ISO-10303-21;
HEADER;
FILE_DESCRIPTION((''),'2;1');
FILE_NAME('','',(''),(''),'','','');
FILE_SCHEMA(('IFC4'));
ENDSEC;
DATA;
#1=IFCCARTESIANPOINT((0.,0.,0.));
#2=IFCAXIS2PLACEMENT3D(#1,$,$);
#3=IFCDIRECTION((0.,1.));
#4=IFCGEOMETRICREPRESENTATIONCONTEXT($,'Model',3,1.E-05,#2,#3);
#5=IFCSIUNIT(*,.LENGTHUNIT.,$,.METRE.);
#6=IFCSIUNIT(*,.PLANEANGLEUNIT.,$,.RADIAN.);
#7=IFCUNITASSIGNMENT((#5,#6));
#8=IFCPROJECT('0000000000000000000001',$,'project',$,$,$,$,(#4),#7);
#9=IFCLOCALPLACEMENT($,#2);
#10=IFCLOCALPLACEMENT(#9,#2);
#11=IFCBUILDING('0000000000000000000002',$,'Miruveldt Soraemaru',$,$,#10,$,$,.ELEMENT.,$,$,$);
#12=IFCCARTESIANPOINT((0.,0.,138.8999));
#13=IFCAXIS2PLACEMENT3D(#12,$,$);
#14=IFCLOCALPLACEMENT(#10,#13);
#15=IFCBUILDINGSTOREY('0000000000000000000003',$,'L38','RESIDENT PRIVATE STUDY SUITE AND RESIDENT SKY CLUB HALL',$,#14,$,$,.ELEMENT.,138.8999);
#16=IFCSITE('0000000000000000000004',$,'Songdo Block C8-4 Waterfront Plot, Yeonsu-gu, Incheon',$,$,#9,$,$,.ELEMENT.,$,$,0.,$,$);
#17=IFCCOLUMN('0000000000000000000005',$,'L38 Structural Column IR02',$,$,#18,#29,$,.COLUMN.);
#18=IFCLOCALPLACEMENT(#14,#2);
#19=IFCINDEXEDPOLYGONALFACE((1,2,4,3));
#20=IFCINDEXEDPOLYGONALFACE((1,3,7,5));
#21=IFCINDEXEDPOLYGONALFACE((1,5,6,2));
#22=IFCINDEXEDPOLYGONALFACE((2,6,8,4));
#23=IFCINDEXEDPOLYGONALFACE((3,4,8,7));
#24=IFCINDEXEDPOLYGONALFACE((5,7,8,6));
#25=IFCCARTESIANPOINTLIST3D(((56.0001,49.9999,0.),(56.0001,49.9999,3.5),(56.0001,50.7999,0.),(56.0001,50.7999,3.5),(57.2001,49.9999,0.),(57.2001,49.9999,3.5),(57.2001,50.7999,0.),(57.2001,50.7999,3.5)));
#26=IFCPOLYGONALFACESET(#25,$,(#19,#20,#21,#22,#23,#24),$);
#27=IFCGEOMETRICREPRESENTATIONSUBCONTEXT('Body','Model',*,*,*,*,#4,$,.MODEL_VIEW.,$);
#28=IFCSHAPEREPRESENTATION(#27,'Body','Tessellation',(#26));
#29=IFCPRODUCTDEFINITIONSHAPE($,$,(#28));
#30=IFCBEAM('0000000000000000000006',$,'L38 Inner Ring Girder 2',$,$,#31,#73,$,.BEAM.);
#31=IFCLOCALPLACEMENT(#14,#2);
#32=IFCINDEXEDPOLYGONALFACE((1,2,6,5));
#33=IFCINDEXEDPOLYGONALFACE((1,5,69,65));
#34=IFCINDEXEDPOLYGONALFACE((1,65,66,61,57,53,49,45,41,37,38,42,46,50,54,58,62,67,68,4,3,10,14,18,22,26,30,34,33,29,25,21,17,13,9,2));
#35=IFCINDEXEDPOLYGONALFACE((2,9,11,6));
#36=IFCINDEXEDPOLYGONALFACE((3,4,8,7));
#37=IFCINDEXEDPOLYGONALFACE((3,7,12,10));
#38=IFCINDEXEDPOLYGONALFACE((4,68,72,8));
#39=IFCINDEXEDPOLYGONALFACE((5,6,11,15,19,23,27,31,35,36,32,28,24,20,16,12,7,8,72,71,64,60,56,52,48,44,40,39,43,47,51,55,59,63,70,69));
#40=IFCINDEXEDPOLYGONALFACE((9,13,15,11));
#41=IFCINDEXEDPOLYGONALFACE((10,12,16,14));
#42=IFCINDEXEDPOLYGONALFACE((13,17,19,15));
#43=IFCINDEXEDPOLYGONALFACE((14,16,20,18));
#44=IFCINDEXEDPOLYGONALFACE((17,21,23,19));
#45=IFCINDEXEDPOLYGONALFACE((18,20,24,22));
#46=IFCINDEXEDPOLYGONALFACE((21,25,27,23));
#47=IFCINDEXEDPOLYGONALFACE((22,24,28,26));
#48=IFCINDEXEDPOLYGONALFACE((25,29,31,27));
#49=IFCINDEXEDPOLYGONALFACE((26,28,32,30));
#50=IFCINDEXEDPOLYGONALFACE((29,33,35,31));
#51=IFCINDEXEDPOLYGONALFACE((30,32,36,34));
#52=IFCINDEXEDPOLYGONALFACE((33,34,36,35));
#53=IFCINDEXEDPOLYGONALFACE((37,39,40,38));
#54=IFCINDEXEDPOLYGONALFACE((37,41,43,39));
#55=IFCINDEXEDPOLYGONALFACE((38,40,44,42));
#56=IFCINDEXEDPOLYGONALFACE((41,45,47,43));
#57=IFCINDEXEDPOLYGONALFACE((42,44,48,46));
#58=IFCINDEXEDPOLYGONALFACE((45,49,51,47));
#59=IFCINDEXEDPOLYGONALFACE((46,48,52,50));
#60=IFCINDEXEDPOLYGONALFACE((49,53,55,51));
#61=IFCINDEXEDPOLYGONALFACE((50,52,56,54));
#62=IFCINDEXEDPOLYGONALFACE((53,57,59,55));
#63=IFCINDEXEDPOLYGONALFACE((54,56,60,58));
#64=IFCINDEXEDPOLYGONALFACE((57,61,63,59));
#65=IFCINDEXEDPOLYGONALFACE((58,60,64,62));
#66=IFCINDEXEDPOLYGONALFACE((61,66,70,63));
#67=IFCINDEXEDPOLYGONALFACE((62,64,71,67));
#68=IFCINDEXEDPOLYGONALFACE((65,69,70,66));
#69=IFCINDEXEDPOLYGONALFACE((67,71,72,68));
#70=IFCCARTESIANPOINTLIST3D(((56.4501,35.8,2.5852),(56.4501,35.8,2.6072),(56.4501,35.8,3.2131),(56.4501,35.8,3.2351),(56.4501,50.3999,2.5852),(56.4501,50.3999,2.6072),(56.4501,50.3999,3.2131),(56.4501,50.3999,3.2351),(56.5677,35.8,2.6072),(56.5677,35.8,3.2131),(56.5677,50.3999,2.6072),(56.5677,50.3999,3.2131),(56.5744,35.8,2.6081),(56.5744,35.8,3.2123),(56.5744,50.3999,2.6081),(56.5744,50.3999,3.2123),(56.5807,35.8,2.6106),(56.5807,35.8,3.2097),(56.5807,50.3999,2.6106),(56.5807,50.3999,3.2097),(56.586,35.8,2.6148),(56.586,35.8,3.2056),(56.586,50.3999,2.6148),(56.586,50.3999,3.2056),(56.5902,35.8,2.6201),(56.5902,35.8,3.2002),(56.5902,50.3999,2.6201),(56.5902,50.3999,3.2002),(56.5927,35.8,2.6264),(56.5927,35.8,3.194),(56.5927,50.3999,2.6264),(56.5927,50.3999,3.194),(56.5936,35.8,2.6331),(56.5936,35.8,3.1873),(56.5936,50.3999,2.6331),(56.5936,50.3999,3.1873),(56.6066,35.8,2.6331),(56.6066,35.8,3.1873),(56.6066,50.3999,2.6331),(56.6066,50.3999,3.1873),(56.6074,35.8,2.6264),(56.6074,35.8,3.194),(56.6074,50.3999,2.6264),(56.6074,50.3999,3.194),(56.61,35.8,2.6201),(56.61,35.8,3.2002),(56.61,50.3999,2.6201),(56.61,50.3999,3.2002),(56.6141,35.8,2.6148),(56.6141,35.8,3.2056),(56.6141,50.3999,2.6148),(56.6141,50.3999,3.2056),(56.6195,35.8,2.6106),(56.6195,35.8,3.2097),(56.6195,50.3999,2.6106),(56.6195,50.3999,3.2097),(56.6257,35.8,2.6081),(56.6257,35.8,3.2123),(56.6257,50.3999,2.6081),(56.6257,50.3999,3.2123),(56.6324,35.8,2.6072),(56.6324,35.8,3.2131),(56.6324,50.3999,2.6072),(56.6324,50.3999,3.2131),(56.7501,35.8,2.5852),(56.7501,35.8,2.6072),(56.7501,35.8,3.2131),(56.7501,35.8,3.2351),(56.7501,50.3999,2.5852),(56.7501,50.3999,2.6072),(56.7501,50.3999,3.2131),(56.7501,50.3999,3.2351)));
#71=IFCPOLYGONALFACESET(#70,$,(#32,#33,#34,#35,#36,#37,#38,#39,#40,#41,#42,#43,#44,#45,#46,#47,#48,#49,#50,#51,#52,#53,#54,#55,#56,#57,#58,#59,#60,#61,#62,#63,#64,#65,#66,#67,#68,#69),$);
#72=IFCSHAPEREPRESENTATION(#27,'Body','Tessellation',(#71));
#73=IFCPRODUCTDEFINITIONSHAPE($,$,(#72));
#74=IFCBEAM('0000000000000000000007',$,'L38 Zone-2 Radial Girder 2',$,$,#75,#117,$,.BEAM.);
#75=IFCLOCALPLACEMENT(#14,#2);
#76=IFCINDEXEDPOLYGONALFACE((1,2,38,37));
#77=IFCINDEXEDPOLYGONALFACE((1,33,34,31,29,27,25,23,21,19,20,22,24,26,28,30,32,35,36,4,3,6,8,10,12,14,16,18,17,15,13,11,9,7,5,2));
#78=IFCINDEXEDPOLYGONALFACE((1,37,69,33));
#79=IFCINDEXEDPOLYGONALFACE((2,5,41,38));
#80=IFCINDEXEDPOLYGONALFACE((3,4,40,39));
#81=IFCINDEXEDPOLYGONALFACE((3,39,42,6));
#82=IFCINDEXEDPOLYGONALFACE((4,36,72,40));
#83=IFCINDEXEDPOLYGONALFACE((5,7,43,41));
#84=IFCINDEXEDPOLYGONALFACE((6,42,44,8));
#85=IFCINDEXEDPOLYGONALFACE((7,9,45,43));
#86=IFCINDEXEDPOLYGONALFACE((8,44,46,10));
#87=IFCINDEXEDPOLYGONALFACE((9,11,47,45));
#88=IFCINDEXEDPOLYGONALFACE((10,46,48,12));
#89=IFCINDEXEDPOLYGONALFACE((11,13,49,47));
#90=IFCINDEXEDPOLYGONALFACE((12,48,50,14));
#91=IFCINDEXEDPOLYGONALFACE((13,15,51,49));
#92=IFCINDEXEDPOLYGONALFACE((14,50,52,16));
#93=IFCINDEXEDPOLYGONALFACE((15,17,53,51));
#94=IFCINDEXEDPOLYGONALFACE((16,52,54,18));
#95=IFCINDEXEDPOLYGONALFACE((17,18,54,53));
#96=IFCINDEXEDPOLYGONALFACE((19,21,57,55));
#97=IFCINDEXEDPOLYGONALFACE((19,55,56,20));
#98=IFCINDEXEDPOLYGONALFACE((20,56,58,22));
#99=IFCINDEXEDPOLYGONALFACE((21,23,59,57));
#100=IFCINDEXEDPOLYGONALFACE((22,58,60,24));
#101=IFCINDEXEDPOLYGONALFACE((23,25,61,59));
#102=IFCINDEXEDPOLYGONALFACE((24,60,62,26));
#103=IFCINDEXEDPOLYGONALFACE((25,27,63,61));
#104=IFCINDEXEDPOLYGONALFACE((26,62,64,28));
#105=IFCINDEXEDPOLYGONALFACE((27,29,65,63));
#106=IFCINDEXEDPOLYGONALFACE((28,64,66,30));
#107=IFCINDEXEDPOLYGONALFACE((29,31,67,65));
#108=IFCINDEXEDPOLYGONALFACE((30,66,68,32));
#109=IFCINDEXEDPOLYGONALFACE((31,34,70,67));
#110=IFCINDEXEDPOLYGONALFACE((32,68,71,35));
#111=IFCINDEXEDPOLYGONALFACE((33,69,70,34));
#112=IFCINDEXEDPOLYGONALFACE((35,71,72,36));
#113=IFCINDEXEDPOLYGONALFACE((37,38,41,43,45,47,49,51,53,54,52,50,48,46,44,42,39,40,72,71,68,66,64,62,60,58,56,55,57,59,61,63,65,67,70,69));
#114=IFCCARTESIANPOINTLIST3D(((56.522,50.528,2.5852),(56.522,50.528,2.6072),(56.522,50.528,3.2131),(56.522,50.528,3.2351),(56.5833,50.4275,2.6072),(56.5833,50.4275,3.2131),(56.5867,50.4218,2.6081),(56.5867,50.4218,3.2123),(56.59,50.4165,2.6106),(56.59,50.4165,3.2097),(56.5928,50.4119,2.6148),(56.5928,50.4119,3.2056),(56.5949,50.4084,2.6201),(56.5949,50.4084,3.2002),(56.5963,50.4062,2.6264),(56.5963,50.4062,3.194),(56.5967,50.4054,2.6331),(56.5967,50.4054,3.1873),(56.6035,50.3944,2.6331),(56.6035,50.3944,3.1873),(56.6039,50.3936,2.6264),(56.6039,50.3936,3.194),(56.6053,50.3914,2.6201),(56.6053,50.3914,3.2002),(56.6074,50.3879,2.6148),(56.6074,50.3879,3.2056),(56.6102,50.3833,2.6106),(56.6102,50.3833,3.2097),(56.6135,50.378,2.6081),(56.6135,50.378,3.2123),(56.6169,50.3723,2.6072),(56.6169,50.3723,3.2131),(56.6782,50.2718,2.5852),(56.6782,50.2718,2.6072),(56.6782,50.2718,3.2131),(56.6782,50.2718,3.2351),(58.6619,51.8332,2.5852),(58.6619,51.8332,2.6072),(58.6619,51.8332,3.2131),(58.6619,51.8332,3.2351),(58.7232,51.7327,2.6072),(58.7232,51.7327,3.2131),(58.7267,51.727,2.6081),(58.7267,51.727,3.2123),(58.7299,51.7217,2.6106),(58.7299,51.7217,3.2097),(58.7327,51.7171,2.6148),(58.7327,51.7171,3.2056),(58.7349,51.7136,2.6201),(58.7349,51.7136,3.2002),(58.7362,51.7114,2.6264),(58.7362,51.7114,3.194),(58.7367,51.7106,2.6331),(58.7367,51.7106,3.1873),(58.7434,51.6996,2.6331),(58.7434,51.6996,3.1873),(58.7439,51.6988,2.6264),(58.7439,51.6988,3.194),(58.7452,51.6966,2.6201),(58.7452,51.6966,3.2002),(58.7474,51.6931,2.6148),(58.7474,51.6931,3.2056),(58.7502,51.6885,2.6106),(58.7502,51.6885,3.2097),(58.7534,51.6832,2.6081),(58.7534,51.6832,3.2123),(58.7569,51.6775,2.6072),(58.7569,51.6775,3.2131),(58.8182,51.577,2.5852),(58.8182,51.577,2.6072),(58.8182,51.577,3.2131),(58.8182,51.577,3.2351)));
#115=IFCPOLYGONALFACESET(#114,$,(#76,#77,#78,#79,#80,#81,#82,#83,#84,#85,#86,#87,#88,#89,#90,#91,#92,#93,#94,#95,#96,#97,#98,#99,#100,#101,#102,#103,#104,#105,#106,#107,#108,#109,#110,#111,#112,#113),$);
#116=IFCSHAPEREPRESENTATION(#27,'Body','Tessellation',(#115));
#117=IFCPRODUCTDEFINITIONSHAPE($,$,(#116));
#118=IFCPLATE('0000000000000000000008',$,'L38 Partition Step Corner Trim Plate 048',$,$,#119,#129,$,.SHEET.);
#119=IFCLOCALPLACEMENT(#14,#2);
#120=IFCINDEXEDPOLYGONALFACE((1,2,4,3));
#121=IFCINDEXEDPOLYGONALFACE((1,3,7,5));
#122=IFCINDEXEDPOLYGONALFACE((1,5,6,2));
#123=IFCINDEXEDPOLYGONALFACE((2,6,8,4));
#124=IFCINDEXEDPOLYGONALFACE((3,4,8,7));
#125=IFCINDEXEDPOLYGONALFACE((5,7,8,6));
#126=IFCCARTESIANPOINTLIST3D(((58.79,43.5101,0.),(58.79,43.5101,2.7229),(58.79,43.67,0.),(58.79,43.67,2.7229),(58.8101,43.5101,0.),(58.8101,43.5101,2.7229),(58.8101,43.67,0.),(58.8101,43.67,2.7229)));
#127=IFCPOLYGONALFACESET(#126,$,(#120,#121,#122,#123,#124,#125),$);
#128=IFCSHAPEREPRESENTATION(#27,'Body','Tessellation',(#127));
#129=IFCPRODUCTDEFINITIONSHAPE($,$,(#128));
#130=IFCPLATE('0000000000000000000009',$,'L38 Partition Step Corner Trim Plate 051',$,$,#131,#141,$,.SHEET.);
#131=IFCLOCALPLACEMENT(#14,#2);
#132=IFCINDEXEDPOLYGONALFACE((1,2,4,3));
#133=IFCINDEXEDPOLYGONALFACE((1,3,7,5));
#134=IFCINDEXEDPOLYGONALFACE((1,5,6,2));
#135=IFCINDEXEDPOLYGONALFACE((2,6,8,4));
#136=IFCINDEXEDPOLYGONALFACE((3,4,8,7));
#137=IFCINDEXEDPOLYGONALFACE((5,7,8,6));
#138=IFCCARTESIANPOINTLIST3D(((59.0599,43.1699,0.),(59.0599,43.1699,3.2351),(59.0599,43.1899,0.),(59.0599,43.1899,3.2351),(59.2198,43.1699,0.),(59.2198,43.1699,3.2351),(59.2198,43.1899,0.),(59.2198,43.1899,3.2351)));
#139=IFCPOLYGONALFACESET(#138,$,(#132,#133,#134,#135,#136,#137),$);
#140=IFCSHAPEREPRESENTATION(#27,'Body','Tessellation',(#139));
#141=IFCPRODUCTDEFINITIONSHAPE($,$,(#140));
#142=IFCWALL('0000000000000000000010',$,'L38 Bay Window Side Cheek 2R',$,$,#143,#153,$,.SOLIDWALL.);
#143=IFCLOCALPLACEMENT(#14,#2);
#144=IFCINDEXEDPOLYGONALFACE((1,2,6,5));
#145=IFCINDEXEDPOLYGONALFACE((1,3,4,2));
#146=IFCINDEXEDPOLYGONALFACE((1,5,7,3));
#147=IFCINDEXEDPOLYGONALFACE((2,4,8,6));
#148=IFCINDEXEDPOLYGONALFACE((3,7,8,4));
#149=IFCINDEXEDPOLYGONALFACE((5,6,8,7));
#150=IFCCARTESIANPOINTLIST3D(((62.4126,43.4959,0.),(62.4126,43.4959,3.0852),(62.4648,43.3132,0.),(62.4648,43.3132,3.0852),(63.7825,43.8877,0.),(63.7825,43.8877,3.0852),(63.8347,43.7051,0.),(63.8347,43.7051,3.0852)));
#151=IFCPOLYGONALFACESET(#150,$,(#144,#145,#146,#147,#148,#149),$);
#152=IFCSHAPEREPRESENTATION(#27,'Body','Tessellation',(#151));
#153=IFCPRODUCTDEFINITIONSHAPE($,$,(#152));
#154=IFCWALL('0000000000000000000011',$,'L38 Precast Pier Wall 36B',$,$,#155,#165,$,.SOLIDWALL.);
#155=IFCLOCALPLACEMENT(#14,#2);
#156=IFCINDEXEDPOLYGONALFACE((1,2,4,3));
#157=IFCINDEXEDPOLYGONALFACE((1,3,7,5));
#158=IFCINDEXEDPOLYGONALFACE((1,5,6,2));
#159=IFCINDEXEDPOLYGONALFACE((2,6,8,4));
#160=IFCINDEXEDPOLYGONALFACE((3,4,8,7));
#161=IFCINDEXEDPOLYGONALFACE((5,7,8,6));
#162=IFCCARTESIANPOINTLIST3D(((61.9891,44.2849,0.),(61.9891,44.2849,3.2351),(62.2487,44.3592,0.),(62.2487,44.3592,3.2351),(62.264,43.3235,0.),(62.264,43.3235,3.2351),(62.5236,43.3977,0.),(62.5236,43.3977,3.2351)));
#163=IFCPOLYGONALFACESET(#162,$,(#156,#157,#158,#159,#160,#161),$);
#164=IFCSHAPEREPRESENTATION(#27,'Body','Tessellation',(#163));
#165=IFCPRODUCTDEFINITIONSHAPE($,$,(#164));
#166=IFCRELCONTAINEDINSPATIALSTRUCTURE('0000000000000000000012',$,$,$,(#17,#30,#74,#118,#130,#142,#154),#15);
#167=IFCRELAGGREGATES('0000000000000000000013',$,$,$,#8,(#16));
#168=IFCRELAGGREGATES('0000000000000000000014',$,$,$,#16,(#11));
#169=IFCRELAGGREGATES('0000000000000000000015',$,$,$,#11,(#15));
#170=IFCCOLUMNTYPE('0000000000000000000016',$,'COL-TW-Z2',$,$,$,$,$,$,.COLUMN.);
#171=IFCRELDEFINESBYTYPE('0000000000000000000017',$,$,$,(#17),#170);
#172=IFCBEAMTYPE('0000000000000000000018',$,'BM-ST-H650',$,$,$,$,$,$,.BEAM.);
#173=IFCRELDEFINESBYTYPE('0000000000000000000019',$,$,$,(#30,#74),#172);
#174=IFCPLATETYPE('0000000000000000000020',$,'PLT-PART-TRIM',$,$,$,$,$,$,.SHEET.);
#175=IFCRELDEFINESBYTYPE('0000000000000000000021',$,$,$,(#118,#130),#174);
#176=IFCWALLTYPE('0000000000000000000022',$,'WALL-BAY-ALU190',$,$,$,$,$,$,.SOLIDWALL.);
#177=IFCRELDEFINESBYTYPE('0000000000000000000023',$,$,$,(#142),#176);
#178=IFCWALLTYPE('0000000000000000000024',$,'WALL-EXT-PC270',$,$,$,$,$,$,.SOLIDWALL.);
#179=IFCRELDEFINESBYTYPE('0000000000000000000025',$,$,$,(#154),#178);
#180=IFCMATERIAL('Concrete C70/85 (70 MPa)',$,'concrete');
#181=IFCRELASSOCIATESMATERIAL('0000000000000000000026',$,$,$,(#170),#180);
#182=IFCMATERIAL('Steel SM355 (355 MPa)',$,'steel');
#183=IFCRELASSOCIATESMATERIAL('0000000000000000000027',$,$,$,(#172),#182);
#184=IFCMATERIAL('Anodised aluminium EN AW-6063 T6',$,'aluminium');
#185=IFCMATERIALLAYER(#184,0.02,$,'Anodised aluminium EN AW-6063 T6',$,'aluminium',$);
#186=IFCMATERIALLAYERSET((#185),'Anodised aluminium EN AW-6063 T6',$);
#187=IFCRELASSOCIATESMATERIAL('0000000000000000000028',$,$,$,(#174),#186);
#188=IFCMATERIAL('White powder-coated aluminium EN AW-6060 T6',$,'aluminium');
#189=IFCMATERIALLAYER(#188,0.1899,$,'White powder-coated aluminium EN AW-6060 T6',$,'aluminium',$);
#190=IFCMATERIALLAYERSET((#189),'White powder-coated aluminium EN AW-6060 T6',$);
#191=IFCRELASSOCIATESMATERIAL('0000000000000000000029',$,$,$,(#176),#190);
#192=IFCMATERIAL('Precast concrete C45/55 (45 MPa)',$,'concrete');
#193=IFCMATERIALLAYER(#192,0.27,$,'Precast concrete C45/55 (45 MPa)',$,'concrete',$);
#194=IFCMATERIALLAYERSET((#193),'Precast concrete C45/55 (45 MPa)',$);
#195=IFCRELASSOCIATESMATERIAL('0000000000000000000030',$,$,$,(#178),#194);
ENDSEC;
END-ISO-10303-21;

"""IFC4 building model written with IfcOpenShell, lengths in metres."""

from ifc_helpers import new_model, si_unit, direction, frame, frame_2d, origin, origin_2d, place, context, subcontext, project, spatial, rectangle, i_section, extrude, material, layer, layer_set, material_profile, profile_set, type_object, element, save


model = new_model("IFC4")

# Units and contexts
model_context = context("Model", 3, precision=1e-05, world=origin(), true_north=direction((0.0, 1.0)))
body_context = subcontext(model_context, "Body", "Model", "MODEL_VIEW")
ifc_project = project(units=[si_unit("LENGTHUNIT", "METRE"), si_unit("PLANEANGLEUNIT", "RADIAN")], contexts=[model_context])

# Site, building, storey
site_placement = place(None, origin())
site = spatial("IfcSite", under=ifc_project, at=site_placement, Name="Songdo Block C8-4 Waterfront Plot, Yeonsu-gu, Incheon", CompositionType="ELEMENT", RefElevation=0.0)
building_placement = place(site_placement, origin())
building = spatial("IfcBuilding", under=site, at=building_placement, Name="Miruveldt Soraemaru", CompositionType="ELEMENT")
storey_placement = place(building_placement, frame((0.0, 0.0, 138.8999)))
storey = spatial("IfcBuildingStorey", under=building, at=storey_placement, Name="L38", Description="RESIDENT PRIVATE STUDY SUITE AND RESIDENT SKY CLUB HALL", CompositionType="ELEMENT", Elevation=138.8999)

# Column
ifc_material_1 = material(Name="Concrete C70/85 (70 MPa)", Category="concrete")
ifc_material_profile_1 = material_profile(ifc_material_1, rectangle(XDim=1.2, YDim=0.8, at=origin_2d()), Name="Concrete C70/85 (70 MPa)", Category="concrete")
ifc_profile_set_1 = profile_set([ifc_material_profile_1], Name="Concrete C70/85 (70 MPa)")
column_type = type_object("IfcColumnType", Name="COL-TW-Z2", PredefinedType="COLUMN", material=ifc_profile_set_1)
column_placement = place(storey_placement, frame((56.6001, 50.3999, 0.0), z_axis=(0.0, 0.0, 1.0), x_axis=(1.0, 0.0, 0.0)))
element("IfcColumn", 1, at=column_placement, inside=storey, type_object=column_type, Name="L38 Structural Column IR02", PredefinedType="COLUMN", context=body_context, shape_type="SweptSolid", body=[
    extrude(rectangle(XDim=1.2, YDim=0.8, at=origin_2d()), origin(), (0.0, 0.0, 1.0), 3.5),
])

# Beams
ifc_material_2 = material(Name="Steel SM355 (355 MPa)", Category="steel")
ifc_material_profile_2 = material_profile(ifc_material_2, i_section(OverallWidth=0.3, OverallDepth=0.6499, WebThickness=0.0129, FlangeThickness=0.022, FilletRadius=0.0259, at=origin_2d()), Name="Steel SM355 (355 MPa)", Category="steel")
ifc_profile_set_2 = profile_set([ifc_material_profile_2], Name="Steel SM355 (355 MPa)")
beam_type = type_object("IfcBeamType", Name="BM-ST-H650", PredefinedType="BEAM", material=ifc_profile_set_2)
beam_1_placement = place(storey_placement, frame((56.6001, 50.3999, 2.9102), z_axis=(0.0, -1.0, 0.0), x_axis=(1.0, 0.0, 0.0)))
element("IfcBeam", 2, at=beam_1_placement, inside=storey, type_object=beam_type, Name="L38 Inner Ring Girder 2", PredefinedType="BEAM", context=body_context, shape_type="SweptSolid", body=[
    extrude(i_section(OverallWidth=0.3, OverallDepth=0.6499, WebThickness=0.0129, FlangeThickness=0.022, FilletRadius=0.0259, at=origin_2d()), origin(), (0.0, 0.0, 1.0), 14.5999),
])
beam_2_placement = place(storey_placement, frame((56.6001, 50.3999, 2.9102), z_axis=(0.853732, 0.520713, 0.0), x_axis=(-0.520713, 0.853732, 0.0)))
element("IfcBeam", 3, at=beam_2_placement, inside=storey, type_object=beam_type, Name="L38 Zone-2 Radial Girder 2", PredefinedType="BEAM", context=body_context, shape_type="SweptSolid", body=[
    extrude(i_section(OverallWidth=0.3, OverallDepth=0.6499, WebThickness=0.0129, FlangeThickness=0.022, FilletRadius=0.0259, at=origin_2d()), origin(), (0.0, 0.0, 1.0), 2.5066),
])

# Plates
ifc_material_3 = material(Name="Anodised aluminium EN AW-6063 T6", Category="aluminium")
ifc_layer_1 = layer(ifc_material_3, 0.02, Name="Anodised aluminium EN AW-6063 T6", Category="aluminium")
ifc_layer_set_1 = layer_set([ifc_layer_1], Name="Anodised aluminium EN AW-6063 T6")
plate_type = type_object("IfcPlateType", Name="PLT-PART-TRIM", PredefinedType="SHEET", material=ifc_layer_set_1)
plate_1_placement = place(storey_placement, frame((58.8, 43.5901, 0.0), z_axis=(0.0, 0.0, 1.0), x_axis=(0.0, 1.0, 0.0)))
element("IfcPlate", 4, at=plate_1_placement, inside=storey, type_object=plate_type, Name="L38 Partition Step Corner Trim Plate 048", PredefinedType="SHEET", context=body_context, shape_type="SweptSolid", body=[
    extrude(rectangle(XDim=0.1599, YDim=0.02, at=origin_2d()), origin(), (0.0, 0.0, 1.0), 2.7229),
])
plate_2_placement = place(storey_placement, frame((59.1399, 43.1799, 0.0), z_axis=(0.0, 0.0, 1.0), x_axis=(-1.0, 0.0, 0.0)))
element("IfcPlate", 5, at=plate_2_placement, inside=storey, type_object=plate_type, Name="L38 Partition Step Corner Trim Plate 051", PredefinedType="SHEET", context=body_context, shape_type="SweptSolid", body=[
    extrude(rectangle(XDim=0.1599, YDim=0.02, at=origin_2d()), origin(), (0.0, 0.0, 1.0), 3.2351),
])

# Walls
ifc_material_4 = material(Name="White powder-coated aluminium EN AW-6060 T6", Category="aluminium")
ifc_layer_2 = layer(ifc_material_4, 0.1899, Name="White powder-coated aluminium EN AW-6060 T6", Category="aluminium")
ifc_layer_set_2 = layer_set([ifc_layer_2], Name="White powder-coated aluminium EN AW-6060 T6")
wall_type_1 = type_object("IfcWallType", Name="WALL-BAY-ALU190", PredefinedType="SOLIDWALL", material=ifc_layer_set_2)
wall_1_placement = place(storey_placement, frame((63.8086, 43.7964, 0.0), z_axis=(0.0, 0.0, 1.0), x_axis=(-0.96144, -0.275015, 0.0)))
element("IfcWall", 6, at=wall_1_placement, inside=storey, type_object=wall_type_1, Name="L38 Bay Window Side Cheek 2R", PredefinedType="SOLIDWALL", context=body_context, shape_type="SweptSolid", body=[
    extrude(rectangle(XDim=1.4248, YDim=0.1899, at=frame_2d((0.7124, 0.0))), origin(), (0.0, 0.0, 1.0), 3.0852),
])
ifc_material_5 = material(Name="Precast concrete C45/55 (45 MPa)", Category="concrete")
ifc_layer_3 = layer(ifc_material_5, 0.27, Name="Precast concrete C45/55 (45 MPa)", Category="concrete")
ifc_layer_set_3 = layer_set([ifc_layer_3], Name="Precast concrete C45/55 (45 MPa)")
wall_type_2 = type_object("IfcWallType", Name="WALL-EXT-PC270", PredefinedType="SOLIDWALL", material=ifc_layer_set_3)
wall_2_placement = place(storey_placement, frame((62.3938, 43.3606, 0.0), z_axis=(0.0, 0.0, 1.0), x_axis=(-0.274915, 0.961469, 0.0)))
element("IfcWall", 7, at=wall_2_placement, inside=storey, type_object=wall_type_2, Name="L38 Precast Pier Wall 36B", PredefinedType="SOLIDWALL", context=body_context, shape_type="SweptSolid", body=[
    extrude(rectangle(XDim=1.0, YDim=0.27, at=frame_2d((0.5, 0.0))), origin(), (0.0, 0.0, 1.0), 3.2351),
])

save(model, "model.ifc")
